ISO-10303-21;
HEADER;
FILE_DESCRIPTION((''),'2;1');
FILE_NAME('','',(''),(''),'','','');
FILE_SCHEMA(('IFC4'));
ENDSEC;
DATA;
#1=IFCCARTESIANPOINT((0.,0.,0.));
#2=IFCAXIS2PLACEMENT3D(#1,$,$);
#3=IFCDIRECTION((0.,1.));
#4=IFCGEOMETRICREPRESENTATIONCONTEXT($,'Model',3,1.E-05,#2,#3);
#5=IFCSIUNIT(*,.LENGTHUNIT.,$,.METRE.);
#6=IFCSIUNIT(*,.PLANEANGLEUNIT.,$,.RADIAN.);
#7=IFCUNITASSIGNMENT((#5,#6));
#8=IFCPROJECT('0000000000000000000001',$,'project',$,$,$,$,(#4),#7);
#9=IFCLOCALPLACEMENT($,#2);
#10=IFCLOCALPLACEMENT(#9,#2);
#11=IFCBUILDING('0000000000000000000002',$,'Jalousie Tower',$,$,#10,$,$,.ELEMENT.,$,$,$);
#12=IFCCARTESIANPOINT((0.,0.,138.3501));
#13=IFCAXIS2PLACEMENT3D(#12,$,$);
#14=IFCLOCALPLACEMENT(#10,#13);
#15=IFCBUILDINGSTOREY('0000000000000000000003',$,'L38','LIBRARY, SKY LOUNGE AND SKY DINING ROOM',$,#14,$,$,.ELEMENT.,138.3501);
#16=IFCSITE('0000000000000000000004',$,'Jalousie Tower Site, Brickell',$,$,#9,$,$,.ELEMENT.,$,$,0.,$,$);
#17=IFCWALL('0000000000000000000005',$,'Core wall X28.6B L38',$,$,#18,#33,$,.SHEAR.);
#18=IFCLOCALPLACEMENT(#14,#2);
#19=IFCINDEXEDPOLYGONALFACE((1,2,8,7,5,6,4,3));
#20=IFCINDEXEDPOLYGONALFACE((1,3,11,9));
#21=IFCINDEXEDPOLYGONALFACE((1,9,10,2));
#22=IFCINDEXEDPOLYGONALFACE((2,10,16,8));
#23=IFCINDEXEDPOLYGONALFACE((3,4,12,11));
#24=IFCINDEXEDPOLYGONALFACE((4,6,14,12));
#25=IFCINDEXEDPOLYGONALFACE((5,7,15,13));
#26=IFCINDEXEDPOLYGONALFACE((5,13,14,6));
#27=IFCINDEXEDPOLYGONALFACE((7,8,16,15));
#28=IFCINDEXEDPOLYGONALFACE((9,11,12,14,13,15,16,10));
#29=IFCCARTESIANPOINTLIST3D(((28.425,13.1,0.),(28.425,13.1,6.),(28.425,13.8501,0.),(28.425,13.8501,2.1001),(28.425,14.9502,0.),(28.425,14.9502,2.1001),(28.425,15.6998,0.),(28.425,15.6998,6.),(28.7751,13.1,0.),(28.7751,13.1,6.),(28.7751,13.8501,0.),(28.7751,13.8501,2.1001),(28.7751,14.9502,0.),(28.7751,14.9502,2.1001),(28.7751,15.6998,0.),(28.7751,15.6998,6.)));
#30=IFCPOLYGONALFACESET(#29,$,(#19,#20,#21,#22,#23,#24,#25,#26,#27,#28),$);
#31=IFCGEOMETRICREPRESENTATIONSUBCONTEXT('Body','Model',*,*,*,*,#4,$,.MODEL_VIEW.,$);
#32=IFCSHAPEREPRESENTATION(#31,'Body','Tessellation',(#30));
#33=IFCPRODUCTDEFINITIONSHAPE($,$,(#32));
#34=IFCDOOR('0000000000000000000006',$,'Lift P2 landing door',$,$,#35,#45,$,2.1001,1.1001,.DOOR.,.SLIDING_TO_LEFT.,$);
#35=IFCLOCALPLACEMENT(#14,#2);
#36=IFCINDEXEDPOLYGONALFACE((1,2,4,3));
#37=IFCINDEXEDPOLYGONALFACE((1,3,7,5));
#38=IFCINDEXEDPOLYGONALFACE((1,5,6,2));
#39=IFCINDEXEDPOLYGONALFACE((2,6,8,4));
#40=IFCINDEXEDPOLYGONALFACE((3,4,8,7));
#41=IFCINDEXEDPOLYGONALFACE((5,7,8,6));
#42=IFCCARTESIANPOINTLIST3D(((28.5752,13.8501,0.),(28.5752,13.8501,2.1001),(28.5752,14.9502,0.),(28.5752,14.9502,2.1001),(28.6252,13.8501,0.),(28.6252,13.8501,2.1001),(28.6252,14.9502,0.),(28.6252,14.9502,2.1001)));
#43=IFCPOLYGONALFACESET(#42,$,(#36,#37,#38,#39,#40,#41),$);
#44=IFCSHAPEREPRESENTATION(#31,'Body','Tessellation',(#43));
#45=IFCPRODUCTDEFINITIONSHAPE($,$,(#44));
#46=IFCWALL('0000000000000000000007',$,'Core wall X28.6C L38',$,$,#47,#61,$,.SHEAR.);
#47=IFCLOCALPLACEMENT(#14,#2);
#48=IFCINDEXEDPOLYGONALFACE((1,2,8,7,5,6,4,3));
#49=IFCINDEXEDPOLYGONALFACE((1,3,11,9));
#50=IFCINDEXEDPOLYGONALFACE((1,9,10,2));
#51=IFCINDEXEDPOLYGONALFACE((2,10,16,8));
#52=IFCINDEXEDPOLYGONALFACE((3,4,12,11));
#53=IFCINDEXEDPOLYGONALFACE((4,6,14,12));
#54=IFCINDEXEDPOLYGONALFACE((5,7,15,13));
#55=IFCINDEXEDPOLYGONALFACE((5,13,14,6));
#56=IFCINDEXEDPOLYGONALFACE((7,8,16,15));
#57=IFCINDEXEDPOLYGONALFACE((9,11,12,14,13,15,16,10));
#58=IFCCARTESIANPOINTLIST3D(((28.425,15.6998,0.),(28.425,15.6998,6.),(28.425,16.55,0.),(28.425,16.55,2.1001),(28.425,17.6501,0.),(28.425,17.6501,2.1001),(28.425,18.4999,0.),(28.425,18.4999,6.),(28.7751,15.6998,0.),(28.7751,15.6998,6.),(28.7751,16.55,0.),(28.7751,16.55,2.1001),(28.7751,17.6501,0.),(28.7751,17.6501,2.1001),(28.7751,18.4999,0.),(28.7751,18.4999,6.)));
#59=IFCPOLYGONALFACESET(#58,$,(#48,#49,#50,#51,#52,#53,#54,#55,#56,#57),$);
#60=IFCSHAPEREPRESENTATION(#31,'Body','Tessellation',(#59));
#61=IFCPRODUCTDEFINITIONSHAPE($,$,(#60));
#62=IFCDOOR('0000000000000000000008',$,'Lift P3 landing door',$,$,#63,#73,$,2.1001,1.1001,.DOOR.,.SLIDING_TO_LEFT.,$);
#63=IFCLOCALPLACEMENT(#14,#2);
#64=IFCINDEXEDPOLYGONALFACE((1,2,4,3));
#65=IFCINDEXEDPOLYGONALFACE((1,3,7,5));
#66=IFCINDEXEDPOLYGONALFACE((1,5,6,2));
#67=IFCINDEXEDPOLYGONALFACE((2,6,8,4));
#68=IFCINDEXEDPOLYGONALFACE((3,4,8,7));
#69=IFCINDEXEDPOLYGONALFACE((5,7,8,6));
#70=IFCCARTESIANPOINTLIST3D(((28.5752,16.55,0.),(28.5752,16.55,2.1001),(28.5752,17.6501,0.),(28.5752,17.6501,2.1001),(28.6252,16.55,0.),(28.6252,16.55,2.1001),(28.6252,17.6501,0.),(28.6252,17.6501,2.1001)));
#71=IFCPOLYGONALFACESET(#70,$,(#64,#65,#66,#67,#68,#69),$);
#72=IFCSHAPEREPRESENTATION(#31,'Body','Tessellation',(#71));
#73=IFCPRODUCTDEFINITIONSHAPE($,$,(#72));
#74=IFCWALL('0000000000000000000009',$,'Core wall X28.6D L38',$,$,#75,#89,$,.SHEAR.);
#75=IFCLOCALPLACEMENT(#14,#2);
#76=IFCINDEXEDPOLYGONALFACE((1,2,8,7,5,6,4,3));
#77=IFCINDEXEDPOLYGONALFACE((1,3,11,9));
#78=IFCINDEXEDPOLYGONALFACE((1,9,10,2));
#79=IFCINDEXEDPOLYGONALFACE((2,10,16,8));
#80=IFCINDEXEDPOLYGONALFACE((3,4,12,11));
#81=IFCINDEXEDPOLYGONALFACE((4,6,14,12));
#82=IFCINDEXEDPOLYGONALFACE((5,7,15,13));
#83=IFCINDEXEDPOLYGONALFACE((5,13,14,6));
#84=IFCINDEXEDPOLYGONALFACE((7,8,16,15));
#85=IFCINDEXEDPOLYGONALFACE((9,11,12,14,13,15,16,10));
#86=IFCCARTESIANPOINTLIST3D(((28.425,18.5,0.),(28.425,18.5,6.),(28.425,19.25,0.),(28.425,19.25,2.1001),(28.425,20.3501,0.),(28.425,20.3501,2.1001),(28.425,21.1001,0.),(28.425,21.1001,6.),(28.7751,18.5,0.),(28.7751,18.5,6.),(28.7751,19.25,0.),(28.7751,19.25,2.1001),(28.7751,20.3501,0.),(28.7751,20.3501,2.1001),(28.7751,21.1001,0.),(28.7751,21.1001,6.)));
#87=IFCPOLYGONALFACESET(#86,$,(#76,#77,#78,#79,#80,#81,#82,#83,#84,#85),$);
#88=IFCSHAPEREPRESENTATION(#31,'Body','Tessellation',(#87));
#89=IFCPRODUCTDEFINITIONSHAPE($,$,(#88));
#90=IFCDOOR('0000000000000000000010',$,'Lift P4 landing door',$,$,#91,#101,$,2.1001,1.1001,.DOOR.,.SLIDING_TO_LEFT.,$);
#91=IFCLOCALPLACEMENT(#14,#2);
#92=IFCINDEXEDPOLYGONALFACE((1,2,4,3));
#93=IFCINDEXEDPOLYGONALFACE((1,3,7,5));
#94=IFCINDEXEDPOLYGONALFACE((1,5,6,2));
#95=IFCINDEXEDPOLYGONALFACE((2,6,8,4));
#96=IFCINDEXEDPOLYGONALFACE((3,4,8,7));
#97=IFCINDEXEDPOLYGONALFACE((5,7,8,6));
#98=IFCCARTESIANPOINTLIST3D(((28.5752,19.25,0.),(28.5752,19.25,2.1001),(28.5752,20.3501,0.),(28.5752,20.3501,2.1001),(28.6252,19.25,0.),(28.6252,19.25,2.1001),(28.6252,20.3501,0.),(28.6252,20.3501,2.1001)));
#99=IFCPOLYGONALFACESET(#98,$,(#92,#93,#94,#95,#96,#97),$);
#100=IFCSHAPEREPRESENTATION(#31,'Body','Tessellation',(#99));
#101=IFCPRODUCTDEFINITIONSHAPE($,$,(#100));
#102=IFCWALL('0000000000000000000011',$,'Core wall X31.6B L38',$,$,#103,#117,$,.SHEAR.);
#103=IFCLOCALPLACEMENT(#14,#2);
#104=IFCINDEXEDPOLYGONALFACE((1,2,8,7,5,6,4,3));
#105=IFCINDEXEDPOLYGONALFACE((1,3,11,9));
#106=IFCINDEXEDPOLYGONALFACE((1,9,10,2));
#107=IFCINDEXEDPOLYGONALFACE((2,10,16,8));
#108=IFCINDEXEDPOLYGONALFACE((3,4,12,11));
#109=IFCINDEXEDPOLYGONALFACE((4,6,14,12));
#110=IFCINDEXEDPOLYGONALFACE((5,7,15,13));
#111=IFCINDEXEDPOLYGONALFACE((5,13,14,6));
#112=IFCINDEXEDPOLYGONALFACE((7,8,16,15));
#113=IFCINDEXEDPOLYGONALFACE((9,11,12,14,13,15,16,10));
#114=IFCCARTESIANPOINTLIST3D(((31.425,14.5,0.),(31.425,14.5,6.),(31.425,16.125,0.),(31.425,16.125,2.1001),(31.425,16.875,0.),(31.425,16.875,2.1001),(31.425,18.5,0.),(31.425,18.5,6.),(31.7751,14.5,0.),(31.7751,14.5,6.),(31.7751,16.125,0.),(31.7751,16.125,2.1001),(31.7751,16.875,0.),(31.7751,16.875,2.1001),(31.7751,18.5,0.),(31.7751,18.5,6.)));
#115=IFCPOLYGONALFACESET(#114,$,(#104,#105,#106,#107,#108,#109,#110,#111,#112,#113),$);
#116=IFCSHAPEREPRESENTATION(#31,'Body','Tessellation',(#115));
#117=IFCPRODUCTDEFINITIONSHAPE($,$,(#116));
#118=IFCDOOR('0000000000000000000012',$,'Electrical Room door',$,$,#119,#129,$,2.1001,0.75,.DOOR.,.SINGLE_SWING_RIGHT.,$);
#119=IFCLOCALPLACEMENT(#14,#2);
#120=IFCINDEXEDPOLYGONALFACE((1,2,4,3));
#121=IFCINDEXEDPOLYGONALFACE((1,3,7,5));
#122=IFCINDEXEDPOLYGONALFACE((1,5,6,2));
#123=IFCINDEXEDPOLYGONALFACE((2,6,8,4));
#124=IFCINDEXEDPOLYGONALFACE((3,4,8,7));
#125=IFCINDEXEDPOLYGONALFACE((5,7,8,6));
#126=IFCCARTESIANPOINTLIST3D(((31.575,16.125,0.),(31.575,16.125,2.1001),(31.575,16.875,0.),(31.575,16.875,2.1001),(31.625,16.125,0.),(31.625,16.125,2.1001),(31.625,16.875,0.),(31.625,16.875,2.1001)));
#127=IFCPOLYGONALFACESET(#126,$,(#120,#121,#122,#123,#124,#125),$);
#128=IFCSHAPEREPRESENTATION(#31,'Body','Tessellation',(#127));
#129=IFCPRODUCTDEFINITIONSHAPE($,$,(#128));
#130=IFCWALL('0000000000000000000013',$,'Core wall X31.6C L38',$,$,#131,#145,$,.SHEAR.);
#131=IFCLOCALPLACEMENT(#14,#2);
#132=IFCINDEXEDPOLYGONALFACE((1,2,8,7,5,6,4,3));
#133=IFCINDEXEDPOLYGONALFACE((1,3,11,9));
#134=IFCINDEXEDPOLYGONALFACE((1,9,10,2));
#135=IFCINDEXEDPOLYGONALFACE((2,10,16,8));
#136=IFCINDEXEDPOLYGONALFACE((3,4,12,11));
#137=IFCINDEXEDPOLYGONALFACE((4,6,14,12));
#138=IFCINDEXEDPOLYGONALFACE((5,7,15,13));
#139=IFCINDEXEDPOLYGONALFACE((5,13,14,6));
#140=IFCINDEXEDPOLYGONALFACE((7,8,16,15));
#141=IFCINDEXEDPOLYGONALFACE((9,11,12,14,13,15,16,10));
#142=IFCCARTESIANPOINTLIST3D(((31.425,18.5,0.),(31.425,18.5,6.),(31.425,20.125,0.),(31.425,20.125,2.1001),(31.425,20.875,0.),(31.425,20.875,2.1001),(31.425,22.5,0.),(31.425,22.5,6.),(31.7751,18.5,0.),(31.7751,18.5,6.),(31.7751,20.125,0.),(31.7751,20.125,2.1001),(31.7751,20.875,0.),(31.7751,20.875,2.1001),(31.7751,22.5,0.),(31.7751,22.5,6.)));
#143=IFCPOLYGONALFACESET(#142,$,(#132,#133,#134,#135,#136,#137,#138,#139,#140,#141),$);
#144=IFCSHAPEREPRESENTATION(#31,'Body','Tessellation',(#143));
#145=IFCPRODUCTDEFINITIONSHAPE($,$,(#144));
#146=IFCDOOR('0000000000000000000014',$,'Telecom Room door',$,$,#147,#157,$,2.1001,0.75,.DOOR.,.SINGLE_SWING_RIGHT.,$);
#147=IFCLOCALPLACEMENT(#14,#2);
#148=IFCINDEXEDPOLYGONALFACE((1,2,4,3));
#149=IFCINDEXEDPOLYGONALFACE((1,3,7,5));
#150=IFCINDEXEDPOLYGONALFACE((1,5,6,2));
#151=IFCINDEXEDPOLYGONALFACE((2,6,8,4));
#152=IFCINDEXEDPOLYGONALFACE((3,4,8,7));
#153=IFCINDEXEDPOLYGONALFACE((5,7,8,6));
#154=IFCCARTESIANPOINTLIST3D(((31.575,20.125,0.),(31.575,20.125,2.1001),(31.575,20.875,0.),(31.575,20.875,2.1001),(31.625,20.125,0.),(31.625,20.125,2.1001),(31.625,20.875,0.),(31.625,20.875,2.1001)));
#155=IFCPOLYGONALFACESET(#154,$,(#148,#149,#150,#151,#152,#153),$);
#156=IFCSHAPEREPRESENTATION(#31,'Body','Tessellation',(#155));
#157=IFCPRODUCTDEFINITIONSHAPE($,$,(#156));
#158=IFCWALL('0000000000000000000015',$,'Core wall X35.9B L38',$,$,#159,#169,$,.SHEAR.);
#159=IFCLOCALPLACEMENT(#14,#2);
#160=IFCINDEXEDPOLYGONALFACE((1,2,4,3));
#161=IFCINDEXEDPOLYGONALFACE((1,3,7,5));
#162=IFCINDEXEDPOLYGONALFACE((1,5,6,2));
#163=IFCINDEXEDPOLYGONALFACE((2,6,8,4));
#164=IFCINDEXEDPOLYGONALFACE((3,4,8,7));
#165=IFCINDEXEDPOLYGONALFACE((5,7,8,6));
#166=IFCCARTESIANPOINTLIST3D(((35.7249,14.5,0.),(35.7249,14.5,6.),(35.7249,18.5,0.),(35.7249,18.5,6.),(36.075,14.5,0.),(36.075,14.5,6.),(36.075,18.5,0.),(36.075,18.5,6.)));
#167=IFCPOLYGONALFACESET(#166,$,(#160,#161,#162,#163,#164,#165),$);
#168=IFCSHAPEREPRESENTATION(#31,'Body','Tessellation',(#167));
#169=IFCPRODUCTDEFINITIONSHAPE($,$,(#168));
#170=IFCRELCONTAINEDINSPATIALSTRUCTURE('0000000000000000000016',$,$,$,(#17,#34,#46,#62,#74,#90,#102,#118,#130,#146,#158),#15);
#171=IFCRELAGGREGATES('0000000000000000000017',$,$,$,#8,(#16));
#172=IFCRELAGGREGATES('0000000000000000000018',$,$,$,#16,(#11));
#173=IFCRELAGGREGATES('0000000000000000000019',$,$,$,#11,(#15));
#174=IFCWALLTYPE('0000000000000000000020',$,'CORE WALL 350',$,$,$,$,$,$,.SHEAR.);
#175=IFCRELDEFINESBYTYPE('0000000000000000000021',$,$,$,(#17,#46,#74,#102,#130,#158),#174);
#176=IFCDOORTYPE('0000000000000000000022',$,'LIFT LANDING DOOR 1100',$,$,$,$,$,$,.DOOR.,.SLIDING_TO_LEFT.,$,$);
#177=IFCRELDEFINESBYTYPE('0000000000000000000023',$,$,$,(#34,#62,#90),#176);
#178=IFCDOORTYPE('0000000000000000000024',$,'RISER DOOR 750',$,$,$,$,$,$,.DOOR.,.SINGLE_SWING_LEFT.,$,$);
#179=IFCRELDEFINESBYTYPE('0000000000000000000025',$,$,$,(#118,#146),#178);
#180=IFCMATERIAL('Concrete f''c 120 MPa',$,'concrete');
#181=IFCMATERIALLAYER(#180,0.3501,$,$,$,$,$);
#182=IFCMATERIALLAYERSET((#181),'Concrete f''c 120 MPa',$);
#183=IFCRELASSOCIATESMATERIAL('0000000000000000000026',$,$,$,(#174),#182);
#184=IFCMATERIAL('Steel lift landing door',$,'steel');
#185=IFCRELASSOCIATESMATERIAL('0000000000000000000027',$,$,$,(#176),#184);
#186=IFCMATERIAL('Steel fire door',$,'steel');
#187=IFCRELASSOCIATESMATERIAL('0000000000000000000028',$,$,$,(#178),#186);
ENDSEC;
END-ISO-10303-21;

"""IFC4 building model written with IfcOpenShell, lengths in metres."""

from ifc_helpers import new_model, si_unit, direction, frame, frame_2d, origin, place, context, subcontext, project, spatial, rectangle, extrude, material, layer, layer_set, type_object, element, fill, save


model = new_model("IFC4")

# Units and contexts
model_context = context("Model", 3, precision=1e-05, world=origin(), true_north=direction((0.0, 1.0)))
body_context = subcontext(model_context, "Body", "Model", "MODEL_VIEW")
ifc_project = project(units=[si_unit("LENGTHUNIT", "METRE"), si_unit("PLANEANGLEUNIT", "RADIAN")], contexts=[model_context])

# Site, building, storey
site_placement = place(None, origin())
site = spatial("IfcSite", under=ifc_project, at=site_placement, Name="Jalousie Tower Site, Brickell", CompositionType="ELEMENT", RefElevation=0.0)
building_placement = place(site_placement, origin())
building = spatial("IfcBuilding", under=site, at=building_placement, Name="Jalousie Tower", CompositionType="ELEMENT")
storey_placement = place(building_placement, frame((0.0, 0.0, 138.3501)))
storey = spatial("IfcBuildingStorey", under=building, at=storey_placement, Name="L38", Description="LIBRARY, SKY LOUNGE AND SKY DINING ROOM", CompositionType="ELEMENT", Elevation=138.3501)

# Walls, openings, doors
ifc_material_1 = material(Name="Concrete f'c 120 MPa", Category="concrete")
ifc_layer = layer(ifc_material_1, 0.3501)
ifc_layer_set = layer_set([ifc_layer], Name="Concrete f'c 120 MPa")
wall_type = type_object("IfcWallType", Name="CORE WALL 350", PredefinedType="SHEAR", material=ifc_layer_set)
wall_1_placement = place(storey_placement, frame((28.6001, 13.1001, 0.0), z_axis=(0.0, 0.0, 1.0), x_axis=(0.0, 1.0, 0.0)))
wall_1 = element("IfcWall", 1, at=wall_1_placement, inside=storey, type_object=wall_type, Name="Core wall X28.6B L38", PredefinedType="SHEAR", context=body_context, shape_type="SweptSolid", body=[
    extrude(rectangle(XDim=2.5999, YDim=0.3501, at=frame_2d((1.2998, 0.0))), origin(), (0.0, 0.0, 1.0), 6.0),
])
opening_1_placement = place(wall_1_placement, frame((0.75, 0.0, 0.0)))
opening_1 = element("IfcOpeningElement", 2, at=opening_1_placement, cuts=wall_1, PredefinedType="OPENING", context=body_context, shape_type="SweptSolid", body=[
    extrude(rectangle(XDim=1.1001, YDim=2.1001, at=frame_2d((0.55, 1.05))), frame((0.0, 0.1851, 0.0), z_axis=(0.0, -1.0, 0.0), x_axis=(1.0, 0.0, 0.0)), (0.0, 0.0, 1.0), 0.3701),
])
ifc_material_2 = material(Name="Steel lift landing door", Category="steel")
door_type_1 = type_object("IfcDoorType", Name="LIFT LANDING DOOR 1100", OperationType="SLIDING_TO_LEFT", PredefinedType="DOOR", material=ifc_material_2)
door_1_placement = place(opening_1_placement, origin())
door_1 = element("IfcDoor", 3, at=door_1_placement, inside=storey, type_object=door_type_1, Name="Lift P2 landing door", OperationType="SLIDING_TO_LEFT", OverallHeight=2.1001, OverallWidth=1.1001, PredefinedType="DOOR", context=body_context, shape_type="SweptSolid", body=[
    extrude(rectangle(XDim=1.1001, YDim=2.1001, at=frame_2d((0.55, 1.05))), frame((0.0, 0.0249, 0.0), z_axis=(0.0, -1.0, 0.0), x_axis=(1.0, 0.0, 0.0)), (0.0, 0.0, 1.0), 0.05),
])
fill(opening_1, door_1)
wall_2_placement = place(storey_placement, frame((28.6001, 15.7, 0.0), z_axis=(0.0, 0.0, 1.0), x_axis=(0.0, 1.0, 0.0)))
wall_2 = element("IfcWall", 4, at=wall_2_placement, inside=storey, type_object=wall_type, Name="Core wall X28.6C L38", PredefinedType="SHEAR", context=body_context, shape_type="SweptSolid", body=[
    extrude(rectangle(XDim=2.8, YDim=0.3501, at=frame_2d((1.3999, 0.0))), origin(), (0.0, 0.0, 1.0), 6.0),
])
opening_2_placement = place(wall_2_placement, frame((0.8501, 0.0, 0.0)))
opening_2 = element("IfcOpeningElement", 5, at=opening_2_placement, cuts=wall_2, PredefinedType="OPENING", context=body_context, shape_type="SweptSolid", body=[
    extrude(rectangle(XDim=1.1001, YDim=2.1001, at=frame_2d((0.55, 1.05))), frame((0.0, 0.1851, 0.0), z_axis=(0.0, -1.0, 0.0), x_axis=(1.0, 0.0, 0.0)), (0.0, 0.0, 1.0), 0.3701),
])
door_2_placement = place(opening_2_placement, origin())
door_2 = element("IfcDoor", 6, at=door_2_placement, inside=storey, type_object=door_type_1, Name="Lift P3 landing door", OperationType="SLIDING_TO_LEFT", OverallHeight=2.1001, OverallWidth=1.1001, PredefinedType="DOOR", context=body_context, shape_type="SweptSolid", body=[
    extrude(rectangle(XDim=1.1001, YDim=2.1001, at=frame_2d((0.55, 1.05))), frame((0.0, 0.0249, 0.0), z_axis=(0.0, -1.0, 0.0), x_axis=(1.0, 0.0, 0.0)), (0.0, 0.0, 1.0), 0.05),
])
fill(opening_2, door_2)
wall_3_placement = place(storey_placement, frame((28.6001, 18.5, 0.0), z_axis=(0.0, 0.0, 1.0), x_axis=(0.0, 1.0, 0.0)))
wall_3 = element("IfcWall", 7, at=wall_3_placement, inside=storey, type_object=wall_type, Name="Core wall X28.6D L38", PredefinedType="SHEAR", context=body_context, shape_type="SweptSolid", body=[
    extrude(rectangle(XDim=2.6001, YDim=0.3501, at=frame_2d((1.3, 0.0))), origin(), (0.0, 0.0, 1.0), 6.0),
])
opening_3_placement = place(wall_3_placement, frame((0.75, 0.0, 0.0)))
opening_3 = element("IfcOpeningElement", 8, at=opening_3_placement, cuts=wall_3, PredefinedType="OPENING", context=body_context, shape_type="SweptSolid", body=[
    extrude(rectangle(XDim=1.1001, YDim=2.1001, at=frame_2d((0.55, 1.05))), frame((0.0, 0.1851, 0.0), z_axis=(0.0, -1.0, 0.0), x_axis=(1.0, 0.0, 0.0)), (0.0, 0.0, 1.0), 0.3701),
])
door_3_placement = place(opening_3_placement, origin())
door_3 = element("IfcDoor", 9, at=door_3_placement, inside=storey, type_object=door_type_1, Name="Lift P4 landing door", OperationType="SLIDING_TO_LEFT", OverallHeight=2.1001, OverallWidth=1.1001, PredefinedType="DOOR", context=body_context, shape_type="SweptSolid", body=[
    extrude(rectangle(XDim=1.1001, YDim=2.1001, at=frame_2d((0.55, 1.05))), frame((0.0, 0.0249, 0.0), z_axis=(0.0, -1.0, 0.0), x_axis=(1.0, 0.0, 0.0)), (0.0, 0.0, 1.0), 0.05),
])
fill(opening_3, door_3)
wall_4_placement = place(storey_placement, frame((31.6001, 14.5, 0.0), z_axis=(0.0, 0.0, 1.0), x_axis=(0.0, 1.0, 0.0)))
wall_4 = element("IfcWall", 10, at=wall_4_placement, inside=storey, type_object=wall_type, Name="Core wall X31.6B L38", PredefinedType="SHEAR", context=body_context, shape_type="SweptSolid", body=[
    extrude(rectangle(XDim=4.0, YDim=0.3501, at=frame_2d((2.0, 0.0))), origin(), (0.0, 0.0, 1.0), 6.0),
])
opening_4_placement = place(wall_4_placement, frame((1.625, 0.0, 0.0)))
opening_4 = element("IfcOpeningElement", 11, at=opening_4_placement, cuts=wall_4, PredefinedType="OPENING", context=body_context, shape_type="SweptSolid", body=[
    extrude(rectangle(XDim=0.75, YDim=2.1001, at=frame_2d((0.375, 1.05))), frame((0.0, 0.1851, 0.0), z_axis=(0.0, -1.0, 0.0), x_axis=(1.0, 0.0, 0.0)), (0.0, 0.0, 1.0), 0.3701),
])
ifc_material_3 = material(Name="Steel fire door", Category="steel")
door_type_2 = type_object("IfcDoorType", Name="RISER DOOR 750", OperationType="SINGLE_SWING_LEFT", PredefinedType="DOOR", material=ifc_material_3)
door_4_placement = place(opening_4_placement, frame((0.75, 0.0, 0.0), z_axis=(0.0, 0.0, 1.0), x_axis=(-1.0, 0.0, 0.0)))
door_4 = element("IfcDoor", 12, at=door_4_placement, inside=storey, type_object=door_type_2, Name="Electrical Room door", OperationType="SINGLE_SWING_RIGHT", OverallHeight=2.1001, OverallWidth=0.75, PredefinedType="DOOR", context=body_context, shape_type="SweptSolid", body=[
    extrude(rectangle(XDim=0.75, YDim=2.1001, at=frame_2d((0.375, 1.05))), frame((0.0, 0.0249, 0.0), z_axis=(0.0, -1.0, 0.0), x_axis=(1.0, 0.0, 0.0)), (0.0, 0.0, 1.0), 0.05),
])
fill(opening_4, door_4)
wall_5_placement = place(storey_placement, frame((31.6001, 18.5, 0.0), z_axis=(0.0, 0.0, 1.0), x_axis=(0.0, 1.0, 0.0)))
wall_5 = element("IfcWall", 13, at=wall_5_placement, inside=storey, type_object=wall_type, Name="Core wall X31.6C L38", PredefinedType="SHEAR", context=body_context, shape_type="SweptSolid", body=[
    extrude(rectangle(XDim=4.0, YDim=0.3501, at=frame_2d((2.0, 0.0))), origin(), (0.0, 0.0, 1.0), 6.0),
])
opening_5_placement = place(wall_5_placement, frame((1.625, 0.0, 0.0)))
opening_5 = element("IfcOpeningElement", 14, at=opening_5_placement, cuts=wall_5, PredefinedType="OPENING", context=body_context, shape_type="SweptSolid", body=[
    extrude(rectangle(XDim=0.75, YDim=2.1001, at=frame_2d((0.375, 1.05))), frame((0.0, 0.1851, 0.0), z_axis=(0.0, -1.0, 0.0), x_axis=(1.0, 0.0, 0.0)), (0.0, 0.0, 1.0), 0.3701),
])
door_5_placement = place(opening_5_placement, frame((0.75, 0.0, 0.0), z_axis=(0.0, 0.0, 1.0), x_axis=(-1.0, 0.0, 0.0)))
door_5 = element("IfcDoor", 15, at=door_5_placement, inside=storey, type_object=door_type_2, Name="Telecom Room door", OperationType="SINGLE_SWING_RIGHT", OverallHeight=2.1001, OverallWidth=0.75, PredefinedType="DOOR", context=body_context, shape_type="SweptSolid", body=[
    extrude(rectangle(XDim=0.75, YDim=2.1001, at=frame_2d((0.375, 1.05))), frame((0.0, 0.0249, 0.0), z_axis=(0.0, -1.0, 0.0), x_axis=(1.0, 0.0, 0.0)), (0.0, 0.0, 1.0), 0.05),
])
fill(opening_5, door_5)

# Wall
for number, where, z_axis, x_axis, name in (
    (16, (35.8999, 14.5, 0.0), (0.0, 0.0, 1.0), (0.0, 1.0, 0.0), "Core wall X35.9B L38"),
):
    element("IfcWall", number, at=place(storey_placement, frame(where, z_axis=z_axis, x_axis=x_axis)), inside=storey, type_object=wall_type, Name=name, PredefinedType="SHEAR", context=body_context, shape_type="SweptSolid", body=[
        extrude(rectangle(XDim=4.0, YDim=0.3501, at=frame_2d((2.0, 0.0))), origin(), (0.0, 0.0, 1.0), 6.0),
    ])

save(model, "model.ifc")
